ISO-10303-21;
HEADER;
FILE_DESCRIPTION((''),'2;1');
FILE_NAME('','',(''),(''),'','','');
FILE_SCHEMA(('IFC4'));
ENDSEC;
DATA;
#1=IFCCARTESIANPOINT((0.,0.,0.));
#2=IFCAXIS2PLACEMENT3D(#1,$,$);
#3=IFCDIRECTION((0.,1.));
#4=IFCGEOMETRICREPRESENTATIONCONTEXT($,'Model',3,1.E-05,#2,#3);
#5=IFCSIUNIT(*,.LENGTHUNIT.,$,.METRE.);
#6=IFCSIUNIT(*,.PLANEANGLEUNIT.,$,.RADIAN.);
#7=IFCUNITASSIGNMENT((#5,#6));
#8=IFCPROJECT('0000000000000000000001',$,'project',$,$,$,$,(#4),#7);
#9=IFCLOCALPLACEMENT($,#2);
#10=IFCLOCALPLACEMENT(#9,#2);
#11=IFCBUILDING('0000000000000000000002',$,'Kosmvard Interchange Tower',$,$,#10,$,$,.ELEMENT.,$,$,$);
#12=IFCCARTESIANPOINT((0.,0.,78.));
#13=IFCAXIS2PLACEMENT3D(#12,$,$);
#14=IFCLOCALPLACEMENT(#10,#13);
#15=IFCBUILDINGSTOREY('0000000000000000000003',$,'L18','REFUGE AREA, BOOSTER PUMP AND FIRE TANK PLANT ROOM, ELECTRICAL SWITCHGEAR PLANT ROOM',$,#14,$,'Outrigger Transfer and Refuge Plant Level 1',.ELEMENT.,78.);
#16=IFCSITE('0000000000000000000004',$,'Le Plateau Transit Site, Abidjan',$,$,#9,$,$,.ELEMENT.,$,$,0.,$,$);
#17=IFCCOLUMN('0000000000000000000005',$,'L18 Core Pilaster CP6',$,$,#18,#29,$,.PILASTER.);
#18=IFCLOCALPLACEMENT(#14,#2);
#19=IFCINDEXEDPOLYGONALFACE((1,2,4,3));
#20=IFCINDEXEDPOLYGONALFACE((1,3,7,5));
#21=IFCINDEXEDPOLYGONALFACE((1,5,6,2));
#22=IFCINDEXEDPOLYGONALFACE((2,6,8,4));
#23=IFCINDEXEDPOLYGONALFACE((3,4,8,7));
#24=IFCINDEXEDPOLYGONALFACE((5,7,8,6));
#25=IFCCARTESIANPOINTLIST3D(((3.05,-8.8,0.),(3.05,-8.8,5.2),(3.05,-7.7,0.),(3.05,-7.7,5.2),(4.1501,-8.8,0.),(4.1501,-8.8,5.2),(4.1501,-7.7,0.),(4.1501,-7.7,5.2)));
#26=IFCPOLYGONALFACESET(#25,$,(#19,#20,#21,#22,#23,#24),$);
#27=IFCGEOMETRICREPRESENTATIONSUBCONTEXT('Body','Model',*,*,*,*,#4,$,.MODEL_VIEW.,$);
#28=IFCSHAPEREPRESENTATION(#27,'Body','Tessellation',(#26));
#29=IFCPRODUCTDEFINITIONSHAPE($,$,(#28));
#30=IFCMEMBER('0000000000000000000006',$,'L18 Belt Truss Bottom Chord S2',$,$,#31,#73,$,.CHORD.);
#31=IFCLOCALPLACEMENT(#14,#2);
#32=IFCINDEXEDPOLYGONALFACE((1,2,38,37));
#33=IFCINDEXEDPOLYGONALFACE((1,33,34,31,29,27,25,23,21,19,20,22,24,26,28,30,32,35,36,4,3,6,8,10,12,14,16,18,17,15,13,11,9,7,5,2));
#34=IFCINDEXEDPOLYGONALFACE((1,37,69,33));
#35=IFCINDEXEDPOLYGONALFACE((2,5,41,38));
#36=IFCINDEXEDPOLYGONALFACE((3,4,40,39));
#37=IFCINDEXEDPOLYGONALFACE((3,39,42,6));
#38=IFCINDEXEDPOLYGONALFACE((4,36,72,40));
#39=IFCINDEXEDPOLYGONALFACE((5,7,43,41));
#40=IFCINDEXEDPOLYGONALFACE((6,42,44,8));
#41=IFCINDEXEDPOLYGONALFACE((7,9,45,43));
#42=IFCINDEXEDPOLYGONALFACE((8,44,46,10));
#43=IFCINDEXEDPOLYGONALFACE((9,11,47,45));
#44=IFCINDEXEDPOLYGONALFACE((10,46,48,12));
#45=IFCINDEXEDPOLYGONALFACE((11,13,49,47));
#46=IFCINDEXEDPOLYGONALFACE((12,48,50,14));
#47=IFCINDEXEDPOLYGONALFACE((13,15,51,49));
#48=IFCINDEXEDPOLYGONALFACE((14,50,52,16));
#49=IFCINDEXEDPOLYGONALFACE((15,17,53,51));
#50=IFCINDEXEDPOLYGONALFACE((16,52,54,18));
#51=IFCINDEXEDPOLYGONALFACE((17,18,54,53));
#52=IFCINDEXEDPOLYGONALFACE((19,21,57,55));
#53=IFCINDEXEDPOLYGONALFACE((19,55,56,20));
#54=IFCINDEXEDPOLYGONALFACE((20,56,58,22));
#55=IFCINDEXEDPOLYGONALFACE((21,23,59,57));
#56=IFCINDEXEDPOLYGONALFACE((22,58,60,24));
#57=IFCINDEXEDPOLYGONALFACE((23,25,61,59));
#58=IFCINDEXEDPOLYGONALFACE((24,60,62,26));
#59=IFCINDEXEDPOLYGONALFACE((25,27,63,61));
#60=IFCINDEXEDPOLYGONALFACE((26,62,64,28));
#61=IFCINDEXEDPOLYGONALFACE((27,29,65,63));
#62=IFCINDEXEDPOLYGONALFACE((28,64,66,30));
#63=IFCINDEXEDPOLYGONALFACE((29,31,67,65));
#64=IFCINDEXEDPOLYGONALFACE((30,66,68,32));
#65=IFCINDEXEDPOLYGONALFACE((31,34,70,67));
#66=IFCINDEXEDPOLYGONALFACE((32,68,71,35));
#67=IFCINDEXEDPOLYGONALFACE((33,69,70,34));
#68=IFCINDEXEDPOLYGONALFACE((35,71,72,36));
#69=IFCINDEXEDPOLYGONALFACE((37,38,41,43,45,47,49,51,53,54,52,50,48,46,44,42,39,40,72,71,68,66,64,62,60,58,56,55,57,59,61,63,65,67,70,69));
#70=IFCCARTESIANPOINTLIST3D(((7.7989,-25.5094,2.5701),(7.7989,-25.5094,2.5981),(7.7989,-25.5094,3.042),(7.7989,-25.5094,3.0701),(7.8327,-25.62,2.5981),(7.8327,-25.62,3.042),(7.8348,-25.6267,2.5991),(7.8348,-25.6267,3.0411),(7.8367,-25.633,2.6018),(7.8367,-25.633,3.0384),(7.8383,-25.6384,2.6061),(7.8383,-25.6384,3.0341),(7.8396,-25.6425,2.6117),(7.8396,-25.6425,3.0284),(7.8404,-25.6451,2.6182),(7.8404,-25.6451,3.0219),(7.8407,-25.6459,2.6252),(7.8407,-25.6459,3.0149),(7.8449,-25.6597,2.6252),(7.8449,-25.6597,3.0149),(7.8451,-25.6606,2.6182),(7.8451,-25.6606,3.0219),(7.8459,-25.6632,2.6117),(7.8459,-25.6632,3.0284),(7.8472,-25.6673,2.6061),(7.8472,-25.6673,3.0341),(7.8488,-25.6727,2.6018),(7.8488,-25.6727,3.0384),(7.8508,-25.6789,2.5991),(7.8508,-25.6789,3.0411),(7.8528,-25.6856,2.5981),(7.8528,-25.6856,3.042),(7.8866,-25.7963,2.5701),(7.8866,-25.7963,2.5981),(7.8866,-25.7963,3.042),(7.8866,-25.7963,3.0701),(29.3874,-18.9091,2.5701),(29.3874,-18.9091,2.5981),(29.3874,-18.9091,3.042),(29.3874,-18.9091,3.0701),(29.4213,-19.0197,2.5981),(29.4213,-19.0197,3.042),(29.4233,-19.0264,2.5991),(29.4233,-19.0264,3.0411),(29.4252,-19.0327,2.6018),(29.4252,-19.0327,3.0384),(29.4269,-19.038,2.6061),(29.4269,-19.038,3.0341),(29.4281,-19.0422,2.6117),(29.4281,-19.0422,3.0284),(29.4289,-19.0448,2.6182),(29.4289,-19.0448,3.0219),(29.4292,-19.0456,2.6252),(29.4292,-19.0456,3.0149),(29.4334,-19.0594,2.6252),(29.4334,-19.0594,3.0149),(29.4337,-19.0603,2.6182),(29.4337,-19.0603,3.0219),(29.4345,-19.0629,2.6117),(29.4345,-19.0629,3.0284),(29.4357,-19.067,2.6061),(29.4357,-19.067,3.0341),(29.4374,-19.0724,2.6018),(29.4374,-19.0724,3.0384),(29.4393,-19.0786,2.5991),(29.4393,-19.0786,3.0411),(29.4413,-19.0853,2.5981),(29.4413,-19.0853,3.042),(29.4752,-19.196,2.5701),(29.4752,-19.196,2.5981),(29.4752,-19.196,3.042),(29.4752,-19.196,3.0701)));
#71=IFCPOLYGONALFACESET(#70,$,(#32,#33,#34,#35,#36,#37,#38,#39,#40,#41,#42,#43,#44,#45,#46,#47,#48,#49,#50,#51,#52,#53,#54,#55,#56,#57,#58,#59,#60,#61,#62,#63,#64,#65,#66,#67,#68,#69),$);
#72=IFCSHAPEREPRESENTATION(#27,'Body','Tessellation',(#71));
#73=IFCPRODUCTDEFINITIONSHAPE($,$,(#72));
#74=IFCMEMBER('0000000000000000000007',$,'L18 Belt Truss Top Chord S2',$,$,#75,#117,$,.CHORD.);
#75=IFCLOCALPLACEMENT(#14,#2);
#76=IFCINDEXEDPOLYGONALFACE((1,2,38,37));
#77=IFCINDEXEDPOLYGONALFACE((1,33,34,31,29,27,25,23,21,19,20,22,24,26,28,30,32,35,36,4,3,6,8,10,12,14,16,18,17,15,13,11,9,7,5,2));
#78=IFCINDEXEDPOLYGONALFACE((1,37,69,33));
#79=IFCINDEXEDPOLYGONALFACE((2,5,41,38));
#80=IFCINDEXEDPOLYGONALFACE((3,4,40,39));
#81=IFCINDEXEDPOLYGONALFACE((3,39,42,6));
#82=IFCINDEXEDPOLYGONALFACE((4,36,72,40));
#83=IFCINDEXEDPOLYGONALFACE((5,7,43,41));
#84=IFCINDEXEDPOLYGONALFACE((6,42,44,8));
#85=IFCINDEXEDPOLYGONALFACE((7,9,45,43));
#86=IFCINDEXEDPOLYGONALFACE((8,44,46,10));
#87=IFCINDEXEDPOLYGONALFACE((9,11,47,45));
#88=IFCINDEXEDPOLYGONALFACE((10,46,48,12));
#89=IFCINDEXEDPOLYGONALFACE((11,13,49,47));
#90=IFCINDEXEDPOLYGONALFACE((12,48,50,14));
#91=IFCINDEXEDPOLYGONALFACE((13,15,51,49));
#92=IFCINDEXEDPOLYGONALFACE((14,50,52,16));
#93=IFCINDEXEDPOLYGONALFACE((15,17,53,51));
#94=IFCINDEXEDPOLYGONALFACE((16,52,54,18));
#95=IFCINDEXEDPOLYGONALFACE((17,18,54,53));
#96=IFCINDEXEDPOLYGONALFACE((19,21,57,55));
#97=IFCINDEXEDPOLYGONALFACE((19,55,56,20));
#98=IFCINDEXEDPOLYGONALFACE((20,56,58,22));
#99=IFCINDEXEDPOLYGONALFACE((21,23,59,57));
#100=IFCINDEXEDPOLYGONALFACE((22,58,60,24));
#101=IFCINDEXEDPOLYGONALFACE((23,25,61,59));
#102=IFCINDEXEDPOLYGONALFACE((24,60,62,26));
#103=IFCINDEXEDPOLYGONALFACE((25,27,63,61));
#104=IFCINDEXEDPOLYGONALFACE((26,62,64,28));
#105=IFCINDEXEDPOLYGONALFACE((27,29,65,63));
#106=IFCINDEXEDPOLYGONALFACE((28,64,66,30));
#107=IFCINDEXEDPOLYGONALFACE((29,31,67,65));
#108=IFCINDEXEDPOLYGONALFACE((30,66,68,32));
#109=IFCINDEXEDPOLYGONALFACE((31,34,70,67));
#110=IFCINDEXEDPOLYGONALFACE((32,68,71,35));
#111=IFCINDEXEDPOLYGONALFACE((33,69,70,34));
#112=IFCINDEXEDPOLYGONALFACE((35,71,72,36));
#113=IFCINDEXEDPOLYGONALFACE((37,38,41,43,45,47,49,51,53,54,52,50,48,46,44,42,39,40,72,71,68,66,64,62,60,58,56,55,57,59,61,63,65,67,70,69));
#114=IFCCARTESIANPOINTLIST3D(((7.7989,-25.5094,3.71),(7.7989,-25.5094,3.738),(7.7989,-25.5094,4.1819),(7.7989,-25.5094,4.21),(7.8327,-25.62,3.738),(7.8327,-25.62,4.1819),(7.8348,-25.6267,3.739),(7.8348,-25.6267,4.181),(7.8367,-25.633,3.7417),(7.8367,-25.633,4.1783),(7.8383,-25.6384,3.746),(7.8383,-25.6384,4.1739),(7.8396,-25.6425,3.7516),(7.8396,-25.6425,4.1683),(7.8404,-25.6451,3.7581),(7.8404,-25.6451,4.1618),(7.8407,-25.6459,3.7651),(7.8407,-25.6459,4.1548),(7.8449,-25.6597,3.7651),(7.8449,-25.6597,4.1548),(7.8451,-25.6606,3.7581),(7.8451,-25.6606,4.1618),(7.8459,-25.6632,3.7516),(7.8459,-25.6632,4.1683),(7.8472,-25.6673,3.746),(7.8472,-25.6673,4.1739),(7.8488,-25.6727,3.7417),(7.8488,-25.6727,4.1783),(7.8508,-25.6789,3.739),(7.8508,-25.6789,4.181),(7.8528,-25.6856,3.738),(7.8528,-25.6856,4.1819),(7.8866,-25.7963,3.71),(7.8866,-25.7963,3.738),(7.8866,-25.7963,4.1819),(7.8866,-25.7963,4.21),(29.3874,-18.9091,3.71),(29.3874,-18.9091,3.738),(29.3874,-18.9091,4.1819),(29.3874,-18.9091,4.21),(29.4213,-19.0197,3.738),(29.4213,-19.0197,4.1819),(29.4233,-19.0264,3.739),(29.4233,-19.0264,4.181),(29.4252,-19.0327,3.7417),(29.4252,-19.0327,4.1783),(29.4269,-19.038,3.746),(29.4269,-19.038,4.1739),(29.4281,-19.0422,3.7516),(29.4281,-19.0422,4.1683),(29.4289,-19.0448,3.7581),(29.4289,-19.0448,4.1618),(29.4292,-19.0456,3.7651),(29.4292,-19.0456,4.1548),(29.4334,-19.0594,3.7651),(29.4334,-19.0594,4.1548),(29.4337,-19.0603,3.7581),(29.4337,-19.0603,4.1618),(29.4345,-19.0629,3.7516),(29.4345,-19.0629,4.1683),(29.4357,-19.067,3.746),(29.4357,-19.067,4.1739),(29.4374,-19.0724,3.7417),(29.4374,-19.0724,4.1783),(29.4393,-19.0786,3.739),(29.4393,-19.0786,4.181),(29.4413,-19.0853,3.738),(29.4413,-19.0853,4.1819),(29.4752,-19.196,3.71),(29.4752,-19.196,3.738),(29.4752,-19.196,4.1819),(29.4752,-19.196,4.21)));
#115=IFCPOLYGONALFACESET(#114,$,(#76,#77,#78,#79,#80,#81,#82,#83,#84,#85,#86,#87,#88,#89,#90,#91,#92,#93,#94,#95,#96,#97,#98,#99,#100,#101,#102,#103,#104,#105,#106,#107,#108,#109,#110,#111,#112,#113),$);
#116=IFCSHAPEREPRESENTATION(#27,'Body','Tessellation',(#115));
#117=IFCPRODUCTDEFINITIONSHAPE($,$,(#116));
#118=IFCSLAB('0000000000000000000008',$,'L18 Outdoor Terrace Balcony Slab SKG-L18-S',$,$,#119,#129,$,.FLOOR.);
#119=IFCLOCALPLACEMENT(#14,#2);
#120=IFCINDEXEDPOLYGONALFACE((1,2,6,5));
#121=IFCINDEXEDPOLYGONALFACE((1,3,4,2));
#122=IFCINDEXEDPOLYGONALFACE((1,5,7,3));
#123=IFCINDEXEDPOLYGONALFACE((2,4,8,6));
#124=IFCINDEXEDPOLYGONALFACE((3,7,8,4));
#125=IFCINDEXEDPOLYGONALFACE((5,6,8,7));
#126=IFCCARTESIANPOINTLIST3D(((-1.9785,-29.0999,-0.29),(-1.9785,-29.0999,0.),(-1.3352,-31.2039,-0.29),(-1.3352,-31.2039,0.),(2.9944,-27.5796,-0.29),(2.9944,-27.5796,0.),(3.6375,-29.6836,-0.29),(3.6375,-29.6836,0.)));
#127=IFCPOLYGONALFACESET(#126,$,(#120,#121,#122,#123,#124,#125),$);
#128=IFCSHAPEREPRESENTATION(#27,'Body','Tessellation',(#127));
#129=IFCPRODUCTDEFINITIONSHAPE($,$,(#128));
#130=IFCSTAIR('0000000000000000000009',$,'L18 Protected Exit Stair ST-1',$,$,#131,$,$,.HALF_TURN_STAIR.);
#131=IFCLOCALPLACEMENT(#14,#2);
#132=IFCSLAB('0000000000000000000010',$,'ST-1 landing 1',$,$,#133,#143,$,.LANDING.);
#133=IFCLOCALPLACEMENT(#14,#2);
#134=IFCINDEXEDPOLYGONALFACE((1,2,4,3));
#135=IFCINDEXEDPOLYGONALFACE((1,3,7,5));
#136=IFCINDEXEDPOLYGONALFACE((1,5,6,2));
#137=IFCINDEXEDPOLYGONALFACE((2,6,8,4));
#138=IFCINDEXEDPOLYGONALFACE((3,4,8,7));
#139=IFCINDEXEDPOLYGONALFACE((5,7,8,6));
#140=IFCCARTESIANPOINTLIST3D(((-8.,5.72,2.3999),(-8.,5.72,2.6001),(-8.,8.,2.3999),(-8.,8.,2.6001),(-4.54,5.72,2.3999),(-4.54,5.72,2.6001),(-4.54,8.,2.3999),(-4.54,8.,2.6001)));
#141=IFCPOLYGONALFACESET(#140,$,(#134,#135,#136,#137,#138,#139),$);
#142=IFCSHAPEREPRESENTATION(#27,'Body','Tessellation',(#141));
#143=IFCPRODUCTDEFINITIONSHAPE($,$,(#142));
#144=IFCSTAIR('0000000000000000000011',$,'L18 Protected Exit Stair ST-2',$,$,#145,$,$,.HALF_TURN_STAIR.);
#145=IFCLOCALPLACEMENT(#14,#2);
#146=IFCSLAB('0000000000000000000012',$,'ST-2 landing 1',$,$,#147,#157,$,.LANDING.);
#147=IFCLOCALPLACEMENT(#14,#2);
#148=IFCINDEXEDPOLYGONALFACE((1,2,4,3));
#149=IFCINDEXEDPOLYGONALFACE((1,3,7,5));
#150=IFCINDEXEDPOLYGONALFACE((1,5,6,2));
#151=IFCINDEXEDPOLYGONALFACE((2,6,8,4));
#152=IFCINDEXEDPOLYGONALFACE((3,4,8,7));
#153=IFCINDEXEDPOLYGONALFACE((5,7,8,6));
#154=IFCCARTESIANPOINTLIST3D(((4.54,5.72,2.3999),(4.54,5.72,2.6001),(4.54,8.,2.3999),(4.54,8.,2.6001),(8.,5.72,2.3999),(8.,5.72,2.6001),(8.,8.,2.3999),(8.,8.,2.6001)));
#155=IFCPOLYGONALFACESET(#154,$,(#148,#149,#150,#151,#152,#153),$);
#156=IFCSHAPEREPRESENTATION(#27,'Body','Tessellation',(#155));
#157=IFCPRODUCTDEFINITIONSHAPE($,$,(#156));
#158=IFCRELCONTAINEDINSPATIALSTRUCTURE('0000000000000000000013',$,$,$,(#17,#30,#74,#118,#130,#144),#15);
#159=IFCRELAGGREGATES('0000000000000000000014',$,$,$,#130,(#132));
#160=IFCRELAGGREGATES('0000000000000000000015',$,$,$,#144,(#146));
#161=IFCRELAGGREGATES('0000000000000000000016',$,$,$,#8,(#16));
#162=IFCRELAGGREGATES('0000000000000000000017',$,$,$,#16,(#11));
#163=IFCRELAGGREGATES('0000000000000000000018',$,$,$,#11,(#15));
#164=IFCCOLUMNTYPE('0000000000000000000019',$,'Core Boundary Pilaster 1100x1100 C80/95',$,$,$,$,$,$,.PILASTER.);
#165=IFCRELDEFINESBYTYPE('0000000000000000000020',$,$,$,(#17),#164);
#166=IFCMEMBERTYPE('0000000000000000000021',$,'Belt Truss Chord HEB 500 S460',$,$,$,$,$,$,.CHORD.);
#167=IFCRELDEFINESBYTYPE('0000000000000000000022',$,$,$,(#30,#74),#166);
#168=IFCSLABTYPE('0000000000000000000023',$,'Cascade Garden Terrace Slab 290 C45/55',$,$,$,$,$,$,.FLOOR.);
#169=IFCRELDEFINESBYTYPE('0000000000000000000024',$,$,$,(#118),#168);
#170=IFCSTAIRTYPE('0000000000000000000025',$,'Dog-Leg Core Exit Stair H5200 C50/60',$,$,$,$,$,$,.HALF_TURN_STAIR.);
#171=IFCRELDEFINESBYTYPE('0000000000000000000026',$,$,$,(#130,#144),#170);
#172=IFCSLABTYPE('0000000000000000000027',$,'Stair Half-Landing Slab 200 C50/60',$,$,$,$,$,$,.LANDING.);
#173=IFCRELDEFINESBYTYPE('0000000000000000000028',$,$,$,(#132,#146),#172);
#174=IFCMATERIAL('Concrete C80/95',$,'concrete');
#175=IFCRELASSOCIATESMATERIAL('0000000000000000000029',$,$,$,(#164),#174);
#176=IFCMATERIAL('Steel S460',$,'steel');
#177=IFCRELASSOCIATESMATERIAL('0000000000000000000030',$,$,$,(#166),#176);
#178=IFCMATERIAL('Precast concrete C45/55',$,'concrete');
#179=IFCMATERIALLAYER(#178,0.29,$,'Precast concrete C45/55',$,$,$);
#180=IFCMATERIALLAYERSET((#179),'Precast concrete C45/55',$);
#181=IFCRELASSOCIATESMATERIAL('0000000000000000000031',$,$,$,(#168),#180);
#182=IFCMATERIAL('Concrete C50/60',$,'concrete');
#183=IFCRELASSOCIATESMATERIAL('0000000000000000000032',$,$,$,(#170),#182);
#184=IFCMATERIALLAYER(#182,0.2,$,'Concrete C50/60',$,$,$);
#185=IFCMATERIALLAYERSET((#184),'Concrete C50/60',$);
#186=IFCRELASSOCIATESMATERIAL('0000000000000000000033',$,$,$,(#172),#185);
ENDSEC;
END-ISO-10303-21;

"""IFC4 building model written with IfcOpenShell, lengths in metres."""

from ifc_helpers import new_model, si_unit, direction, frame, origin, origin_2d, place, context, subcontext, project, spatial, polyline, rectangle, i_section, outline, extrude, source, transform, mapped, material, layer, layer_set, material_profile, profile_set, type_object, element, aggregate, save


model = new_model("IFC4")

# Units and contexts
model_context = context("Model", 3, precision=1e-05, world=origin(), true_north=direction((0.0, 1.0)))
body_context = subcontext(model_context, "Body", "Model", "MODEL_VIEW")
ifc_project = project(units=[si_unit("LENGTHUNIT", "METRE"), si_unit("PLANEANGLEUNIT", "RADIAN")], contexts=[model_context])

# Site, building, storey
site_placement = place(None, origin())
site = spatial("IfcSite", under=ifc_project, at=site_placement, Name="Le Plateau Transit Site, Abidjan", CompositionType="ELEMENT", RefElevation=0.0)
building_placement = place(site_placement, origin())
building = spatial("IfcBuilding", under=site, at=building_placement, Name="Kosmvard Interchange Tower", CompositionType="ELEMENT")
storey_placement = place(building_placement, frame((0.0, 0.0, 78.0)))
storey = spatial("IfcBuildingStorey", under=building, at=storey_placement, Name="L18", Description="REFUGE AREA, BOOSTER PUMP AND FIRE TANK PLANT ROOM, ELECTRICAL SWITCHGEAR PLANT ROOM", LongName="Outrigger Transfer and Refuge Plant Level 1", CompositionType="ELEMENT", Elevation=78.0)

# Column
ifc_material_1 = material(Name="Concrete C80/95", Category="concrete")
ifc_material_profile_1 = material_profile(ifc_material_1, rectangle(XDim=1.1001, YDim=1.1001, at=origin_2d()), Name="CP 1100x1100")
ifc_profile_set_1 = profile_set([ifc_material_profile_1], Name="Concrete C80/95")
column_type = type_object("IfcColumnType", Name="Core Boundary Pilaster 1100x1100 C80/95", PredefinedType="PILASTER", material=ifc_profile_set_1)
shared_shape_1 = source(origin(), body_context, "Body", "SweptSolid", [
    extrude(rectangle(XDim=1.1001, YDim=1.1001, at=origin_2d()), origin(), (0.0, 0.0, 1.0), 5.2),
])
column_placement = place(storey_placement, frame((3.6001, -8.25, 0.0), z_axis=(0.0, 0.0, 1.0), x_axis=(1.0, 0.0, 0.0)))
element("IfcColumn", 1, at=column_placement, inside=storey, type_object=column_type, Name="L18 Core Pilaster CP6", PredefinedType="PILASTER", context=body_context, shape_type="MappedRepresentation", body=[
    mapped(shared_shape_1, transform((0.0, 0.0, 0.0), scale=1.0)),
])

# Members
ifc_material_2 = material(Name="Steel S460", Category="steel")
ifc_material_profile_2 = material_profile(ifc_material_2, i_section(OverallWidth=0.3, OverallDepth=0.5, WebThickness=0.0144, FlangeThickness=0.0281, FilletRadius=0.0271, at=origin_2d()), Name="HEB 500")
ifc_profile_set_2 = profile_set([ifc_material_profile_2], Name="Steel S460")
member_type = type_object("IfcMemberType", Name="Belt Truss Chord HEB 500 S460", PredefinedType="CHORD", material=ifc_profile_set_2)
shared_shape_2 = source(origin(), body_context, "Body", "SweptSolid", [
    extrude(i_section(OverallWidth=0.3, OverallDepth=0.5, WebThickness=0.0144, FlangeThickness=0.0281, FilletRadius=0.0271, at=origin_2d()), origin(), (0.0, 0.0, 1.0), 22.575),
])
for number, where, z_axis, x_axis, name in (
    (2, (7.8428, -25.6528, 2.8201), (0.956304, 0.292373, 0.0), (-0.292373, 0.956304, 0.0), "L18 Belt Truss Bottom Chord S2"),
    (3, (7.8428, -25.6528, 3.96), (0.956304, 0.292373, 0.0), (-0.292373, 0.956304, 0.0), "L18 Belt Truss Top Chord S2"),
):
    element("IfcMember", number, at=place(storey_placement, frame(where, z_axis=z_axis, x_axis=x_axis)), inside=storey, type_object=member_type, Name=name, PredefinedType="CHORD", context=body_context, shape_type="MappedRepresentation", body=[
        mapped(shared_shape_2, transform((0.0, 0.0, 0.0), scale=1.0)),
    ])

# Slab
ifc_material_3 = material(Name="Precast concrete C45/55", Category="concrete")
ifc_layer_1 = layer(ifc_material_3, 0.29, Name="Precast concrete C45/55")
ifc_layer_set_1 = layer_set([ifc_layer_1], Name="Precast concrete C45/55")
slab_type_1 = type_object("IfcSlabType", Name="Cascade Garden Terrace Slab 290 C45/55", PredefinedType="FLOOR", material=ifc_layer_set_1)
slab_1_placement = place(storey_placement, frame((0.0, 0.0, -0.29)))
element("IfcSlab", 4, at=slab_1_placement, inside=storey, type_object=slab_type_1, Name="L18 Outdoor Terrace Balcony Slab SKG-L18-S", PredefinedType="FLOOR", context=body_context, shape_type="SweptSolid", body=[
    extrude(outline(polyline([(-1.3352, -31.2039), (3.6375, -29.6836), (2.9944, -27.5796), (-1.9785, -29.0999), (-1.3352, -31.2039)])), origin(), (0.0, 0.0, 1.0), 0.29),
])

# Stairs, slabs
ifc_material_4 = material(Name="Concrete C50/60", Category="concrete")
stair_type = type_object("IfcStairType", Name="Dog-Leg Core Exit Stair H5200 C50/60", PredefinedType="HALF_TURN_STAIR", material=ifc_material_4)
stair_1_placement = place(storey_placement, origin())
stair_1 = element("IfcStair", 5, at=stair_1_placement, inside=storey, type_object=stair_type, Name="L18 Protected Exit Stair ST-1", PredefinedType="HALF_TURN_STAIR")
ifc_layer_2 = layer(ifc_material_4, 0.2, Name="Concrete C50/60")
ifc_layer_set_2 = layer_set([ifc_layer_2], Name="Concrete C50/60")
slab_type_2 = type_object("IfcSlabType", Name="Stair Half-Landing Slab 200 C50/60", PredefinedType="LANDING", material=ifc_layer_set_2)
slab_2_placement = place(storey_placement, frame((0.0, 0.0, 2.3999)))
slab_2 = element("IfcSlab", 6, at=slab_2_placement, type_object=slab_type_2, Name="ST-1 landing 1", PredefinedType="LANDING", context=body_context, shape_type="SweptSolid", body=[
    extrude(outline(polyline([(-4.54, 5.72), (-4.54, 8.0), (-8.0, 8.0), (-8.0, 5.72), (-4.54, 5.72)])), origin(), (0.0, 0.0, 1.0), 0.2002),
])
aggregate(stair_1, [slab_2])
stair_2_placement = place(storey_placement, origin())
stair_2 = element("IfcStair", 7, at=stair_2_placement, inside=storey, type_object=stair_type, Name="L18 Protected Exit Stair ST-2", PredefinedType="HALF_TURN_STAIR")
slab_3_placement = place(storey_placement, frame((0.0, 0.0, 2.3999)))
slab_3 = element("IfcSlab", 8, at=slab_3_placement, type_object=slab_type_2, Name="ST-2 landing 1", PredefinedType="LANDING", context=body_context, shape_type="SweptSolid", body=[
    extrude(outline(polyline([(8.0, 5.72), (8.0, 8.0), (4.54, 8.0), (4.54, 5.72), (8.0, 5.72)])), origin(), (0.0, 0.0, 1.0), 0.2002),
])
aggregate(stair_2, [slab_3])

save(model, "model.ifc")
